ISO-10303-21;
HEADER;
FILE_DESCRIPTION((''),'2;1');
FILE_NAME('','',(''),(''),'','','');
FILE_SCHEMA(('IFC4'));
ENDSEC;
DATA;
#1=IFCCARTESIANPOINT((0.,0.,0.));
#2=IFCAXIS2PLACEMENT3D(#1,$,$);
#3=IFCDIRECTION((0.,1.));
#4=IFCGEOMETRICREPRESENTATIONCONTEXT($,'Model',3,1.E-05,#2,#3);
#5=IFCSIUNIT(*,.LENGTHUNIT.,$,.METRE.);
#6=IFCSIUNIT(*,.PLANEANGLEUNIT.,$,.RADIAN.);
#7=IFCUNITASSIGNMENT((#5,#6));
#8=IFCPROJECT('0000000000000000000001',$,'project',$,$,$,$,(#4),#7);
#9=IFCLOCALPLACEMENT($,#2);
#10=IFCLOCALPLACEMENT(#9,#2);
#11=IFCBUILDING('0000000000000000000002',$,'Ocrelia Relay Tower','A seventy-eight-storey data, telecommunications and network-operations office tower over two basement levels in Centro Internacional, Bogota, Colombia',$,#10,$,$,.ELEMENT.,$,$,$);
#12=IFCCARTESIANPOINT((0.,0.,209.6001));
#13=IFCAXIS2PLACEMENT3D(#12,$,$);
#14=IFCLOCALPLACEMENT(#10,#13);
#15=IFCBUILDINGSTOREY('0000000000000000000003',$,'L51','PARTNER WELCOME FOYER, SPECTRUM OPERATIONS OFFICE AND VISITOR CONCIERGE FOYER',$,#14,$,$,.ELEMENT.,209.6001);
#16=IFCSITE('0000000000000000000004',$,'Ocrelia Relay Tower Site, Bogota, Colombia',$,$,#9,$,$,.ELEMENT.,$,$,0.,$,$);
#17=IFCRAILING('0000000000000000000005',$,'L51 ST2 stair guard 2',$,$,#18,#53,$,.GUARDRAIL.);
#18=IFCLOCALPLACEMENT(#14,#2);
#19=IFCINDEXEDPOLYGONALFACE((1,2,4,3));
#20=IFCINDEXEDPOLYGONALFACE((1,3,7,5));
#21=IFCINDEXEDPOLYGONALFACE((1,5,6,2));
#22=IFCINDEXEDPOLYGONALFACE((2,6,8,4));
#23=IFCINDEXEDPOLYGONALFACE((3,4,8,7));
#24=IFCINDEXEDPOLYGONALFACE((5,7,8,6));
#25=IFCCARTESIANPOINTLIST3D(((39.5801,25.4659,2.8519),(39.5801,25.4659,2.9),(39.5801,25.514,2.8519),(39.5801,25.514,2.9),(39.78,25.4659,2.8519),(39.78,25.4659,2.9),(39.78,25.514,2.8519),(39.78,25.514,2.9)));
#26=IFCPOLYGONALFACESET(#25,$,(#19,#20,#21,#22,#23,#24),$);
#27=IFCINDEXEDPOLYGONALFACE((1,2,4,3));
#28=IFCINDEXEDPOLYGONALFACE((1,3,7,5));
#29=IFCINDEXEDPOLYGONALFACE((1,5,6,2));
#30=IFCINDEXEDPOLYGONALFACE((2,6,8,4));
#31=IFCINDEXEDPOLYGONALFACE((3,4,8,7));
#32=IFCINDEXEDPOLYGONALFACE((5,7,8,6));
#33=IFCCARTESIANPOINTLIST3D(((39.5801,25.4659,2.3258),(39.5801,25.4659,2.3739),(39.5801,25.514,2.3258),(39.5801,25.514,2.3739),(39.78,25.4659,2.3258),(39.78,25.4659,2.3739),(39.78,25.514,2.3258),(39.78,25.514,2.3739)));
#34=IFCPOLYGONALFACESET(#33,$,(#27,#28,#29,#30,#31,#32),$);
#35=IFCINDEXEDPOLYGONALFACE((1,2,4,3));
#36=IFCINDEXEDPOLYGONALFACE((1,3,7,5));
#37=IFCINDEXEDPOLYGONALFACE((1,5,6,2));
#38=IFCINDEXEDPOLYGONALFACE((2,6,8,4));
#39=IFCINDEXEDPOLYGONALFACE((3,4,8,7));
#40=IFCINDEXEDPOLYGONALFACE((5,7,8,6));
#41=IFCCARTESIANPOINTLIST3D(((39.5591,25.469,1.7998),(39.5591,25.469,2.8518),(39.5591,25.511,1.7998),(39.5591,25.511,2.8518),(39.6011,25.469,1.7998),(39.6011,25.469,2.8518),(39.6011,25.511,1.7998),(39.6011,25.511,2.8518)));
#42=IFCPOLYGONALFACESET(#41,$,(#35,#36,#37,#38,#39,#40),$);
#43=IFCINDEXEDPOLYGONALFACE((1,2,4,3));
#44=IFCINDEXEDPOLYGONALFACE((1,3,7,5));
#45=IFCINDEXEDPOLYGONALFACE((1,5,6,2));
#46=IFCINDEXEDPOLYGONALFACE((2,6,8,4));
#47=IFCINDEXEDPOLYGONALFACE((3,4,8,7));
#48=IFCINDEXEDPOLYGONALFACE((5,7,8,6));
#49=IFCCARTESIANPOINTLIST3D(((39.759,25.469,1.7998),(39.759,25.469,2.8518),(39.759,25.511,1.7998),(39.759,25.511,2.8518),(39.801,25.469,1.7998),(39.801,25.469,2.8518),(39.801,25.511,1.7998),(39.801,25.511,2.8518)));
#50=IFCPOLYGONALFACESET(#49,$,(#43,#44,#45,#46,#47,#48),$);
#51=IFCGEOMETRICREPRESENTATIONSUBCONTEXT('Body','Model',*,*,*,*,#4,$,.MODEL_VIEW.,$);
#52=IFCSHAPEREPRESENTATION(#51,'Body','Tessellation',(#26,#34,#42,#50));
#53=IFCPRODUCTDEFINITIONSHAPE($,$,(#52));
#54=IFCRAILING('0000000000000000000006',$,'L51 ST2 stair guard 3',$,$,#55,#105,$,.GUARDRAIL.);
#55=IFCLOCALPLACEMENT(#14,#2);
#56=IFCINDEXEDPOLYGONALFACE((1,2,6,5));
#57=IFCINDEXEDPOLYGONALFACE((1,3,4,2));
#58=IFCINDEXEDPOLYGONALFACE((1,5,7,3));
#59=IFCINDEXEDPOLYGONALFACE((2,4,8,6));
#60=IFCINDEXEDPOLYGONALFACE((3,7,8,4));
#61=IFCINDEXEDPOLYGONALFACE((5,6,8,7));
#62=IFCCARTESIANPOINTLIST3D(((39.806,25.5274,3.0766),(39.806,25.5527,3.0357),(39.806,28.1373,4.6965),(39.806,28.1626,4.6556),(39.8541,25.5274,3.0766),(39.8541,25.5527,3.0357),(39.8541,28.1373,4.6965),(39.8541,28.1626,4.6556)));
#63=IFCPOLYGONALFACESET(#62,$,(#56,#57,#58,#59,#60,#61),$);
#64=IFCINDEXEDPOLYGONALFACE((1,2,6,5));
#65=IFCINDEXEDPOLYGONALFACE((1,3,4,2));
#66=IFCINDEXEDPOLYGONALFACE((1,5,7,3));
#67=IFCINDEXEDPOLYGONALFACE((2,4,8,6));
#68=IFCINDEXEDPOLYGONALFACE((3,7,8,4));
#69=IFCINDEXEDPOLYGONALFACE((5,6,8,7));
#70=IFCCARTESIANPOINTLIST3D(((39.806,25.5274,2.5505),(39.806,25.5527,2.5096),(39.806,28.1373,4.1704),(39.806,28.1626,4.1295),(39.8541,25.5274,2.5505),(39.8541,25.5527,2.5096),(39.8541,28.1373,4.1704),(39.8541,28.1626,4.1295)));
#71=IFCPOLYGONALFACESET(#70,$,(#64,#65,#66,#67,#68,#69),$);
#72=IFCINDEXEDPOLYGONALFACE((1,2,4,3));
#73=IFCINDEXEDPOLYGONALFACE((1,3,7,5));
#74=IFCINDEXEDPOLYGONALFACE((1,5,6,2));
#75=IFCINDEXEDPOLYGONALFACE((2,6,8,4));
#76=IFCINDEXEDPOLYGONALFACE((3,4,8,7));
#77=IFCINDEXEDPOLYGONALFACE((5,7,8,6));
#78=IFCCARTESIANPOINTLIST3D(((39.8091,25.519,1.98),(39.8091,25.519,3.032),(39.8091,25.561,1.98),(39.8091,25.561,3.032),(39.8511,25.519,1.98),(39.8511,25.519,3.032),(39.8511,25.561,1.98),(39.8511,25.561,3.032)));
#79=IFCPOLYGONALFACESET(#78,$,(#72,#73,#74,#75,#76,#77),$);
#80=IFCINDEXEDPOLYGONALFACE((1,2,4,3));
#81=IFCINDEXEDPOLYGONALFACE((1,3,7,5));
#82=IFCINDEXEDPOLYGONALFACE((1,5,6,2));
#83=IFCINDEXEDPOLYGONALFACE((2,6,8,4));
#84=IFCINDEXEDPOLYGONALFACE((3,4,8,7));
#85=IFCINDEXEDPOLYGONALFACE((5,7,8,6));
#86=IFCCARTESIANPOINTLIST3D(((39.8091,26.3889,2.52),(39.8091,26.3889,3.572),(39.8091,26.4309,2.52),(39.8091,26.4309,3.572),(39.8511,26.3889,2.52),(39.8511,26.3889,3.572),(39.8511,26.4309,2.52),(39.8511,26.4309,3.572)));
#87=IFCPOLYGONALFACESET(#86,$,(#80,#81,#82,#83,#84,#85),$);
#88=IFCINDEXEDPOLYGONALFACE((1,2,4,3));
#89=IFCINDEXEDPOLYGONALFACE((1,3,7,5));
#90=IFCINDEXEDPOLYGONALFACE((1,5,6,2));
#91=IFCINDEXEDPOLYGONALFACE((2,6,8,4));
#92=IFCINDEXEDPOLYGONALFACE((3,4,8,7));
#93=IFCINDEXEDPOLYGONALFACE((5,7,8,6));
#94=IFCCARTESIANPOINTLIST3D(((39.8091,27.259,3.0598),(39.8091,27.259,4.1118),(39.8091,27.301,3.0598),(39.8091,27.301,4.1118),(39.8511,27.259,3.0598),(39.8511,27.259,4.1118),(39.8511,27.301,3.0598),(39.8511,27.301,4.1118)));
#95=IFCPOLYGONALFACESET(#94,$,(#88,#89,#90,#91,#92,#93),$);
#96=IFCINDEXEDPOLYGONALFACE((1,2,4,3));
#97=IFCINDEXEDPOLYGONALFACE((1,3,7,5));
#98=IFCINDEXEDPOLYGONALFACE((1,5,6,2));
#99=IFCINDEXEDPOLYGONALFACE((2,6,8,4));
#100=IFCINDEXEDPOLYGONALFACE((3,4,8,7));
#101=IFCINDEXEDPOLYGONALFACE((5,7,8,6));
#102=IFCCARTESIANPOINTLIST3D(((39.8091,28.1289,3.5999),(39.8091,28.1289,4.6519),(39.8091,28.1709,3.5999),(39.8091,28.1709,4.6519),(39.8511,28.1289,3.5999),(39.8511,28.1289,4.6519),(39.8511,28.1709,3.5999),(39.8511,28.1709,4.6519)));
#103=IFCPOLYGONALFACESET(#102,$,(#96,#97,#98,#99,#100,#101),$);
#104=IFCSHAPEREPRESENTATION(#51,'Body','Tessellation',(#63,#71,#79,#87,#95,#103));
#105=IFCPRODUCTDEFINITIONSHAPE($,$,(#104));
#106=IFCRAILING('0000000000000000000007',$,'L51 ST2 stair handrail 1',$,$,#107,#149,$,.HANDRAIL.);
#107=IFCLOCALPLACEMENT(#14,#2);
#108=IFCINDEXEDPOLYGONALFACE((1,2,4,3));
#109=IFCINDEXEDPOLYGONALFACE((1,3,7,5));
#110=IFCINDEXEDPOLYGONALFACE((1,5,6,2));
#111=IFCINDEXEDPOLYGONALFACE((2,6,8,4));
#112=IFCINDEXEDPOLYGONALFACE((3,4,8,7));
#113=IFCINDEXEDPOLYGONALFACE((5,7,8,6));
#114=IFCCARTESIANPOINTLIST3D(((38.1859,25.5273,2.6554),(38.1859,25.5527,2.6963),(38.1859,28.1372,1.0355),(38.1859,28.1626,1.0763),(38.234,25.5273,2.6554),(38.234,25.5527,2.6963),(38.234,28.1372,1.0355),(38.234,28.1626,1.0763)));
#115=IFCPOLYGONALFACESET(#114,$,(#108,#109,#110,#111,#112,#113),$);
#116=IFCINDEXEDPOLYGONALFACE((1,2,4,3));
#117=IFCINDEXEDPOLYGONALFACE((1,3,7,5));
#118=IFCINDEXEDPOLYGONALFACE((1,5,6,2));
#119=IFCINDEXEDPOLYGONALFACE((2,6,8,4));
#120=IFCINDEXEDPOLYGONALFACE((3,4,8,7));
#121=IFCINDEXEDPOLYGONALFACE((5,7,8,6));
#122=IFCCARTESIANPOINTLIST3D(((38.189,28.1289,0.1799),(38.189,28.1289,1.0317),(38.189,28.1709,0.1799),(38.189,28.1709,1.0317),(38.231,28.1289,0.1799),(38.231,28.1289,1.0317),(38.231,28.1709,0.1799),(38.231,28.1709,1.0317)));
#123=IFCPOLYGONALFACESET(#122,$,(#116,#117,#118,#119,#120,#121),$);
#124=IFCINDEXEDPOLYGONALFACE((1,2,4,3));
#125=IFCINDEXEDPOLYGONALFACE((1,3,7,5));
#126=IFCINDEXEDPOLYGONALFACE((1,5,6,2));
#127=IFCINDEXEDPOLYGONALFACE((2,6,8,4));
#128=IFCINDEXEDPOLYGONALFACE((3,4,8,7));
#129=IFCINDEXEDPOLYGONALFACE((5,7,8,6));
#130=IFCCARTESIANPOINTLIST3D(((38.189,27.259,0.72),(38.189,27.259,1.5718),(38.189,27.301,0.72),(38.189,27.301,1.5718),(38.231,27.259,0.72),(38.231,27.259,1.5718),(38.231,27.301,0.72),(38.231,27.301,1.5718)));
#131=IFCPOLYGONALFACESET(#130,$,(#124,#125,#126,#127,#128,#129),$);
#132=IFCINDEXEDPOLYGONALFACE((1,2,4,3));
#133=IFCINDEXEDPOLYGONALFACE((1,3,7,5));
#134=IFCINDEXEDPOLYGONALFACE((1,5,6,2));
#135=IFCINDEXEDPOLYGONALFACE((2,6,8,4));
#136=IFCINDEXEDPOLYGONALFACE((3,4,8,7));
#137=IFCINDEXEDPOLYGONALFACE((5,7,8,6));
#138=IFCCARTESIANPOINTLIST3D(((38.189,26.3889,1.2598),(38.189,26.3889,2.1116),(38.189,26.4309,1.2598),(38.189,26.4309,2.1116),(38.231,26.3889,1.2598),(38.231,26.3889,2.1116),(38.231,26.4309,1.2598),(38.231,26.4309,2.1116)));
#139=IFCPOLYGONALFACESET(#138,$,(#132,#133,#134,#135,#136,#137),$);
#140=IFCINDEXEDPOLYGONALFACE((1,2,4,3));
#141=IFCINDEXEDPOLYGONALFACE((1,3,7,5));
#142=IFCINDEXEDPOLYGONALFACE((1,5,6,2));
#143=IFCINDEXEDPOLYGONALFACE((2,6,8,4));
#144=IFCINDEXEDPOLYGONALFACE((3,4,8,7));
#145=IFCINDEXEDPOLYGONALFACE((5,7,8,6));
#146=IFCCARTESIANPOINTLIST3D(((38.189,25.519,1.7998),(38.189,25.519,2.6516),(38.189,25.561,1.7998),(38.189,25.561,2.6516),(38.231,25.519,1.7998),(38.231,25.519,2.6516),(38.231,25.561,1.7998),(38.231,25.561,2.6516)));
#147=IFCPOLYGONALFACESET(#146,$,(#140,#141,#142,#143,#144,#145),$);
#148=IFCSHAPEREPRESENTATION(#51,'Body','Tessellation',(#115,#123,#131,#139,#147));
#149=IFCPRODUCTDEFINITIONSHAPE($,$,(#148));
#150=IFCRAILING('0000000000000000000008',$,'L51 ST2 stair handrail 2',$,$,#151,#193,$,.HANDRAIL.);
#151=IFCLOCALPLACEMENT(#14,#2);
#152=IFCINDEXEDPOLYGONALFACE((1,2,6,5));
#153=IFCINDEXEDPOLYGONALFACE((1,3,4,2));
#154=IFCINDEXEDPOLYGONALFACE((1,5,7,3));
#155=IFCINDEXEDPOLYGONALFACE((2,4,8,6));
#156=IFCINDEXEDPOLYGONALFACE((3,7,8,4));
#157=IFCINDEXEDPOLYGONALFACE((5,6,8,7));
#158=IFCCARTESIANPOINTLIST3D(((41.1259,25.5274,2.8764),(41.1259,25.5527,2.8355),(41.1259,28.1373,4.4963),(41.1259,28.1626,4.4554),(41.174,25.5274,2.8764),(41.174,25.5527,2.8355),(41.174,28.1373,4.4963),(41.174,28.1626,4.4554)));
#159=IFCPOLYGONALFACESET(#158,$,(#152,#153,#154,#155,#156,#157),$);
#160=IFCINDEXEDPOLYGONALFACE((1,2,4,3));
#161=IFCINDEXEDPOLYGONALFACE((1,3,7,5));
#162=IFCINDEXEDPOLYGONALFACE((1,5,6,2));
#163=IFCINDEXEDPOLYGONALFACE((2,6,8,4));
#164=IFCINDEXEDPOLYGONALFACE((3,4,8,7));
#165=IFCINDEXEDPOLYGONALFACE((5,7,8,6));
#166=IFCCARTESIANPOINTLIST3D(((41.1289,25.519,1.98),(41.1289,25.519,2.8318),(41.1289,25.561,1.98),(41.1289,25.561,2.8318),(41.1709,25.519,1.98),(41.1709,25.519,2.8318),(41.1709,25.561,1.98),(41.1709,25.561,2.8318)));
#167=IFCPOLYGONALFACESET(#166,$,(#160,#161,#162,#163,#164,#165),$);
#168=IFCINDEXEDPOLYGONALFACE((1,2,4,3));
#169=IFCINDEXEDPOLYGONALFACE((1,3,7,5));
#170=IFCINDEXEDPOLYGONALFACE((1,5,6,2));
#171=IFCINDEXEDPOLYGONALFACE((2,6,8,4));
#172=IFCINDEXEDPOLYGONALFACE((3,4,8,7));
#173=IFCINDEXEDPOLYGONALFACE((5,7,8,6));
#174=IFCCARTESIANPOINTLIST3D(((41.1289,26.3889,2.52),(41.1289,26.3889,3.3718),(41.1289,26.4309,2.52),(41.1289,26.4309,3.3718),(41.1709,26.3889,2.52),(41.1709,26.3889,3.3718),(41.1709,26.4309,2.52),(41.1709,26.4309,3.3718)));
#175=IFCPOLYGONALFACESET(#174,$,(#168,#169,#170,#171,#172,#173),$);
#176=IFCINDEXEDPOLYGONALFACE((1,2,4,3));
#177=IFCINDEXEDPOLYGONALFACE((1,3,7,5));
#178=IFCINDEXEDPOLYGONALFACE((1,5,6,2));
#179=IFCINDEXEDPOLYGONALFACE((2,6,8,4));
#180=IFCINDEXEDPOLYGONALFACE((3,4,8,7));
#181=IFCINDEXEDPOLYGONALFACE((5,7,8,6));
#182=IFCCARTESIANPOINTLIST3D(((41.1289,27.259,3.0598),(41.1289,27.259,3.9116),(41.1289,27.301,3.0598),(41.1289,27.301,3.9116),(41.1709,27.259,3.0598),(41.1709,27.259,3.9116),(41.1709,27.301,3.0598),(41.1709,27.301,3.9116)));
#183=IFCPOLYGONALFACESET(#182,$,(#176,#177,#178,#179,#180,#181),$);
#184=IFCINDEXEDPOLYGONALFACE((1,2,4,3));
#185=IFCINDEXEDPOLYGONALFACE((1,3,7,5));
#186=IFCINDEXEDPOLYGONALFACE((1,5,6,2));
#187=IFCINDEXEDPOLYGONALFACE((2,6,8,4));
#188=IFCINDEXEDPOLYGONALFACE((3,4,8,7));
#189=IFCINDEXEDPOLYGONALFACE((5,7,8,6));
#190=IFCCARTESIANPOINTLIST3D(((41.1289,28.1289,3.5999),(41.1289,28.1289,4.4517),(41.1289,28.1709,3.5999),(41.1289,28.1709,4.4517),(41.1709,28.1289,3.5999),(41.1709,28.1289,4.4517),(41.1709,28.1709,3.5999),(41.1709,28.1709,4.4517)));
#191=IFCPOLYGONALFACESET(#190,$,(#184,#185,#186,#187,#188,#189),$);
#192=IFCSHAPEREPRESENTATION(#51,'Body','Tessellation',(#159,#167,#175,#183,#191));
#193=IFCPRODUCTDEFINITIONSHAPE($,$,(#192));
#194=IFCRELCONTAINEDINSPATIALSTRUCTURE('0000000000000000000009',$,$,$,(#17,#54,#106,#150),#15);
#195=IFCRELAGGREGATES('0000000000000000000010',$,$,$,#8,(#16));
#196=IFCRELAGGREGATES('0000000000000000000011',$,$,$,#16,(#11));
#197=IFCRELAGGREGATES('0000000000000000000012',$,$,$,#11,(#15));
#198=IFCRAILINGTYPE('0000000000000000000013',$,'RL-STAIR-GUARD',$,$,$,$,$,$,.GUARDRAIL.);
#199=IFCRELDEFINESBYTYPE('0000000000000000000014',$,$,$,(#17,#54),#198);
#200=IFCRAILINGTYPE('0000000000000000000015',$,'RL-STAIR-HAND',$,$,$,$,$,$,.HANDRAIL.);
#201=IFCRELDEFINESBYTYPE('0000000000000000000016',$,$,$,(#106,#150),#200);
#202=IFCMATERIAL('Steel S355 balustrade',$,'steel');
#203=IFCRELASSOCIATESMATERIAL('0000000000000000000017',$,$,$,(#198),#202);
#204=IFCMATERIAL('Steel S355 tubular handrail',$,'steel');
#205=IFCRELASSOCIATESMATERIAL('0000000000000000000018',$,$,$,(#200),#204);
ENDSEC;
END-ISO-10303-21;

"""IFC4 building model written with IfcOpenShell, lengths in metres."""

from ifc_helpers import new_model, si_unit, direction, frame, origin, origin_2d, place, context, subcontext, project, spatial, rectangle, extrude, material, type_object, element, save


model = new_model("IFC4")

# Units and contexts
model_context = context("Model", 3, precision=1e-05, world=origin(), true_north=direction((0.0, 1.0)))
body_context = subcontext(model_context, "Body", "Model", "MODEL_VIEW")
ifc_project = project(units=[si_unit("LENGTHUNIT", "METRE"), si_unit("PLANEANGLEUNIT", "RADIAN")], contexts=[model_context])

# Site, building, storey
site_placement = place(None, origin())
site = spatial("IfcSite", under=ifc_project, at=site_placement, Name="Ocrelia Relay Tower Site, Bogota, Colombia", CompositionType="ELEMENT", RefElevation=0.0)
building_placement = place(site_placement, origin())
building = spatial("IfcBuilding", under=site, at=building_placement, Name="Ocrelia Relay Tower", Description="A seventy-eight-storey data, telecommunications and network-operations office tower over two basement levels in Centro Internacional, Bogota, Colombia", CompositionType="ELEMENT")
storey_placement = place(building_placement, frame((0.0, 0.0, 209.6001)))
storey = spatial("IfcBuildingStorey", under=building, at=storey_placement, Name="L51", Description="PARTNER WELCOME FOYER, SPECTRUM OPERATIONS OFFICE AND VISITOR CONCIERGE FOYER", CompositionType="ELEMENT", Elevation=209.6001)

# Railings
ifc_material_1 = material(Name="Steel S355 balustrade", Category="steel")
railing_type_1 = type_object("IfcRailingType", Name="RL-STAIR-GUARD", PredefinedType="GUARDRAIL", material=ifc_material_1)
railing_1_placement = place(storey_placement, frame((39.5801, 25.49, 1.7998)))
element("IfcRailing", 1, at=railing_1_placement, inside=storey, type_object=railing_type_1, Name="L51 ST2 stair guard 2", PredefinedType="GUARDRAIL", context=body_context, shape_type="SweptSolid", body=[
    extrude(rectangle(XDim=0.0481, YDim=0.0481, at=origin_2d()), frame((0.0, 0.0, 1.0762), z_axis=(1.0, 0.0, 0.0), x_axis=(0.0, 1.0, 0.0)), (0.0, 0.0, 1.0), 0.2),
    extrude(rectangle(XDim=0.0481, YDim=0.0481, at=origin_2d()), frame((0.0, 0.0, 0.55), z_axis=(1.0, 0.0, 0.0), x_axis=(0.0, 1.0, 0.0)), (0.0, 0.0, 1.0), 0.2),
    extrude(rectangle(XDim=0.042, YDim=0.042, at=origin_2d()), origin(), (0.0, 0.0, 1.0), 1.052),
    extrude(rectangle(XDim=0.042, YDim=0.042, at=origin_2d()), frame((0.2, 0.0, 0.0)), (0.0, 0.0, 1.0), 1.052),
])
railing_2_placement = place(storey_placement, frame((39.8301, 25.54, 1.98)))
element("IfcRailing", 2, at=railing_2_placement, inside=storey, type_object=railing_type_1, Name="L51 ST2 stair guard 3", PredefinedType="GUARDRAIL", context=body_context, shape_type="SweptSolid", body=[
    extrude(rectangle(XDim=0.0481, YDim=0.0481, at=origin_2d()), frame((0.0, 0.0, 1.0762), z_axis=(0.0, 0.849646, 0.527353), x_axis=(-1.0, 0.0, 0.0)), (0.0, 0.0, 1.0), 3.0718),
    extrude(rectangle(XDim=0.0481, YDim=0.0481, at=origin_2d()), frame((0.0, 0.0, 0.55), z_axis=(0.0, 0.849646, 0.527353), x_axis=(-1.0, 0.0, 0.0)), (0.0, 0.0, 1.0), 3.0718),
    extrude(rectangle(XDim=0.042, YDim=0.042, at=origin_2d()), origin(), (0.0, 0.0, 1.0), 1.052),
    extrude(rectangle(XDim=0.042, YDim=0.042, at=origin_2d()), frame((0.0, 0.8699, 0.54)), (0.0, 0.0, 1.0), 1.052),
    extrude(rectangle(XDim=0.042, YDim=0.042, at=origin_2d()), frame((0.0, 1.74, 1.0798)), (0.0, 0.0, 1.0), 1.052),
    extrude(rectangle(XDim=0.042, YDim=0.042, at=origin_2d()), frame((0.0, 2.6099, 1.6199)), (0.0, 0.0, 1.0), 1.052),
])
ifc_material_2 = material(Name="Steel S355 tubular handrail", Category="steel")
railing_type_2 = type_object("IfcRailingType", Name="RL-STAIR-HAND", PredefinedType="HANDRAIL", material=ifc_material_2)
railing_3_placement = place(storey_placement, frame((38.21, 28.1499, 0.1799)))
element("IfcRailing", 3, at=railing_3_placement, inside=storey, type_object=railing_type_2, Name="L51 ST2 stair handrail 1", PredefinedType="HANDRAIL", context=body_context, shape_type="SweptSolid", body=[
    extrude(rectangle(XDim=0.0481, YDim=0.0481, at=origin_2d()), frame((0.0, 0.0, 0.876), z_axis=(0.0, -0.849646, 0.527353), x_axis=(1.0, 0.0, 0.0)), (0.0, 0.0, 1.0), 3.0718),
    extrude(rectangle(XDim=0.042, YDim=0.042, at=origin_2d()), origin(), (0.0, 0.0, 1.0), 0.8518),
    extrude(rectangle(XDim=0.042, YDim=0.042, at=origin_2d()), frame((0.0, -0.8699, 0.54)), (0.0, 0.0, 1.0), 0.8518),
    extrude(rectangle(XDim=0.042, YDim=0.042, at=origin_2d()), frame((0.0, -1.74, 1.0798)), (0.0, 0.0, 1.0), 0.8518),
    extrude(rectangle(XDim=0.042, YDim=0.042, at=origin_2d()), frame((0.0, -2.6099, 1.6199)), (0.0, 0.0, 1.0), 0.8518),
])
railing_4_placement = place(storey_placement, frame((41.1499, 25.54, 1.98)))
element("IfcRailing", 4, at=railing_4_placement, inside=storey, type_object=railing_type_2, Name="L51 ST2 stair handrail 2", PredefinedType="HANDRAIL", context=body_context, shape_type="SweptSolid", body=[
    extrude(rectangle(XDim=0.0481, YDim=0.0481, at=origin_2d()), frame((0.0, 0.0, 0.876), z_axis=(0.0, 0.849646, 0.527353), x_axis=(-1.0, 0.0, 0.0)), (0.0, 0.0, 1.0), 3.0718),
    extrude(rectangle(XDim=0.042, YDim=0.042, at=origin_2d()), origin(), (0.0, 0.0, 1.0), 0.8518),
    extrude(rectangle(XDim=0.042, YDim=0.042, at=origin_2d()), frame((0.0, 0.8699, 0.54)), (0.0, 0.0, 1.0), 0.8518),
    extrude(rectangle(XDim=0.042, YDim=0.042, at=origin_2d()), frame((0.0, 1.74, 1.0798)), (0.0, 0.0, 1.0), 0.8518),
    extrude(rectangle(XDim=0.042, YDim=0.042, at=origin_2d()), frame((0.0, 2.6099, 1.6199)), (0.0, 0.0, 1.0), 0.8518),
])

save(model, "model.ifc")
